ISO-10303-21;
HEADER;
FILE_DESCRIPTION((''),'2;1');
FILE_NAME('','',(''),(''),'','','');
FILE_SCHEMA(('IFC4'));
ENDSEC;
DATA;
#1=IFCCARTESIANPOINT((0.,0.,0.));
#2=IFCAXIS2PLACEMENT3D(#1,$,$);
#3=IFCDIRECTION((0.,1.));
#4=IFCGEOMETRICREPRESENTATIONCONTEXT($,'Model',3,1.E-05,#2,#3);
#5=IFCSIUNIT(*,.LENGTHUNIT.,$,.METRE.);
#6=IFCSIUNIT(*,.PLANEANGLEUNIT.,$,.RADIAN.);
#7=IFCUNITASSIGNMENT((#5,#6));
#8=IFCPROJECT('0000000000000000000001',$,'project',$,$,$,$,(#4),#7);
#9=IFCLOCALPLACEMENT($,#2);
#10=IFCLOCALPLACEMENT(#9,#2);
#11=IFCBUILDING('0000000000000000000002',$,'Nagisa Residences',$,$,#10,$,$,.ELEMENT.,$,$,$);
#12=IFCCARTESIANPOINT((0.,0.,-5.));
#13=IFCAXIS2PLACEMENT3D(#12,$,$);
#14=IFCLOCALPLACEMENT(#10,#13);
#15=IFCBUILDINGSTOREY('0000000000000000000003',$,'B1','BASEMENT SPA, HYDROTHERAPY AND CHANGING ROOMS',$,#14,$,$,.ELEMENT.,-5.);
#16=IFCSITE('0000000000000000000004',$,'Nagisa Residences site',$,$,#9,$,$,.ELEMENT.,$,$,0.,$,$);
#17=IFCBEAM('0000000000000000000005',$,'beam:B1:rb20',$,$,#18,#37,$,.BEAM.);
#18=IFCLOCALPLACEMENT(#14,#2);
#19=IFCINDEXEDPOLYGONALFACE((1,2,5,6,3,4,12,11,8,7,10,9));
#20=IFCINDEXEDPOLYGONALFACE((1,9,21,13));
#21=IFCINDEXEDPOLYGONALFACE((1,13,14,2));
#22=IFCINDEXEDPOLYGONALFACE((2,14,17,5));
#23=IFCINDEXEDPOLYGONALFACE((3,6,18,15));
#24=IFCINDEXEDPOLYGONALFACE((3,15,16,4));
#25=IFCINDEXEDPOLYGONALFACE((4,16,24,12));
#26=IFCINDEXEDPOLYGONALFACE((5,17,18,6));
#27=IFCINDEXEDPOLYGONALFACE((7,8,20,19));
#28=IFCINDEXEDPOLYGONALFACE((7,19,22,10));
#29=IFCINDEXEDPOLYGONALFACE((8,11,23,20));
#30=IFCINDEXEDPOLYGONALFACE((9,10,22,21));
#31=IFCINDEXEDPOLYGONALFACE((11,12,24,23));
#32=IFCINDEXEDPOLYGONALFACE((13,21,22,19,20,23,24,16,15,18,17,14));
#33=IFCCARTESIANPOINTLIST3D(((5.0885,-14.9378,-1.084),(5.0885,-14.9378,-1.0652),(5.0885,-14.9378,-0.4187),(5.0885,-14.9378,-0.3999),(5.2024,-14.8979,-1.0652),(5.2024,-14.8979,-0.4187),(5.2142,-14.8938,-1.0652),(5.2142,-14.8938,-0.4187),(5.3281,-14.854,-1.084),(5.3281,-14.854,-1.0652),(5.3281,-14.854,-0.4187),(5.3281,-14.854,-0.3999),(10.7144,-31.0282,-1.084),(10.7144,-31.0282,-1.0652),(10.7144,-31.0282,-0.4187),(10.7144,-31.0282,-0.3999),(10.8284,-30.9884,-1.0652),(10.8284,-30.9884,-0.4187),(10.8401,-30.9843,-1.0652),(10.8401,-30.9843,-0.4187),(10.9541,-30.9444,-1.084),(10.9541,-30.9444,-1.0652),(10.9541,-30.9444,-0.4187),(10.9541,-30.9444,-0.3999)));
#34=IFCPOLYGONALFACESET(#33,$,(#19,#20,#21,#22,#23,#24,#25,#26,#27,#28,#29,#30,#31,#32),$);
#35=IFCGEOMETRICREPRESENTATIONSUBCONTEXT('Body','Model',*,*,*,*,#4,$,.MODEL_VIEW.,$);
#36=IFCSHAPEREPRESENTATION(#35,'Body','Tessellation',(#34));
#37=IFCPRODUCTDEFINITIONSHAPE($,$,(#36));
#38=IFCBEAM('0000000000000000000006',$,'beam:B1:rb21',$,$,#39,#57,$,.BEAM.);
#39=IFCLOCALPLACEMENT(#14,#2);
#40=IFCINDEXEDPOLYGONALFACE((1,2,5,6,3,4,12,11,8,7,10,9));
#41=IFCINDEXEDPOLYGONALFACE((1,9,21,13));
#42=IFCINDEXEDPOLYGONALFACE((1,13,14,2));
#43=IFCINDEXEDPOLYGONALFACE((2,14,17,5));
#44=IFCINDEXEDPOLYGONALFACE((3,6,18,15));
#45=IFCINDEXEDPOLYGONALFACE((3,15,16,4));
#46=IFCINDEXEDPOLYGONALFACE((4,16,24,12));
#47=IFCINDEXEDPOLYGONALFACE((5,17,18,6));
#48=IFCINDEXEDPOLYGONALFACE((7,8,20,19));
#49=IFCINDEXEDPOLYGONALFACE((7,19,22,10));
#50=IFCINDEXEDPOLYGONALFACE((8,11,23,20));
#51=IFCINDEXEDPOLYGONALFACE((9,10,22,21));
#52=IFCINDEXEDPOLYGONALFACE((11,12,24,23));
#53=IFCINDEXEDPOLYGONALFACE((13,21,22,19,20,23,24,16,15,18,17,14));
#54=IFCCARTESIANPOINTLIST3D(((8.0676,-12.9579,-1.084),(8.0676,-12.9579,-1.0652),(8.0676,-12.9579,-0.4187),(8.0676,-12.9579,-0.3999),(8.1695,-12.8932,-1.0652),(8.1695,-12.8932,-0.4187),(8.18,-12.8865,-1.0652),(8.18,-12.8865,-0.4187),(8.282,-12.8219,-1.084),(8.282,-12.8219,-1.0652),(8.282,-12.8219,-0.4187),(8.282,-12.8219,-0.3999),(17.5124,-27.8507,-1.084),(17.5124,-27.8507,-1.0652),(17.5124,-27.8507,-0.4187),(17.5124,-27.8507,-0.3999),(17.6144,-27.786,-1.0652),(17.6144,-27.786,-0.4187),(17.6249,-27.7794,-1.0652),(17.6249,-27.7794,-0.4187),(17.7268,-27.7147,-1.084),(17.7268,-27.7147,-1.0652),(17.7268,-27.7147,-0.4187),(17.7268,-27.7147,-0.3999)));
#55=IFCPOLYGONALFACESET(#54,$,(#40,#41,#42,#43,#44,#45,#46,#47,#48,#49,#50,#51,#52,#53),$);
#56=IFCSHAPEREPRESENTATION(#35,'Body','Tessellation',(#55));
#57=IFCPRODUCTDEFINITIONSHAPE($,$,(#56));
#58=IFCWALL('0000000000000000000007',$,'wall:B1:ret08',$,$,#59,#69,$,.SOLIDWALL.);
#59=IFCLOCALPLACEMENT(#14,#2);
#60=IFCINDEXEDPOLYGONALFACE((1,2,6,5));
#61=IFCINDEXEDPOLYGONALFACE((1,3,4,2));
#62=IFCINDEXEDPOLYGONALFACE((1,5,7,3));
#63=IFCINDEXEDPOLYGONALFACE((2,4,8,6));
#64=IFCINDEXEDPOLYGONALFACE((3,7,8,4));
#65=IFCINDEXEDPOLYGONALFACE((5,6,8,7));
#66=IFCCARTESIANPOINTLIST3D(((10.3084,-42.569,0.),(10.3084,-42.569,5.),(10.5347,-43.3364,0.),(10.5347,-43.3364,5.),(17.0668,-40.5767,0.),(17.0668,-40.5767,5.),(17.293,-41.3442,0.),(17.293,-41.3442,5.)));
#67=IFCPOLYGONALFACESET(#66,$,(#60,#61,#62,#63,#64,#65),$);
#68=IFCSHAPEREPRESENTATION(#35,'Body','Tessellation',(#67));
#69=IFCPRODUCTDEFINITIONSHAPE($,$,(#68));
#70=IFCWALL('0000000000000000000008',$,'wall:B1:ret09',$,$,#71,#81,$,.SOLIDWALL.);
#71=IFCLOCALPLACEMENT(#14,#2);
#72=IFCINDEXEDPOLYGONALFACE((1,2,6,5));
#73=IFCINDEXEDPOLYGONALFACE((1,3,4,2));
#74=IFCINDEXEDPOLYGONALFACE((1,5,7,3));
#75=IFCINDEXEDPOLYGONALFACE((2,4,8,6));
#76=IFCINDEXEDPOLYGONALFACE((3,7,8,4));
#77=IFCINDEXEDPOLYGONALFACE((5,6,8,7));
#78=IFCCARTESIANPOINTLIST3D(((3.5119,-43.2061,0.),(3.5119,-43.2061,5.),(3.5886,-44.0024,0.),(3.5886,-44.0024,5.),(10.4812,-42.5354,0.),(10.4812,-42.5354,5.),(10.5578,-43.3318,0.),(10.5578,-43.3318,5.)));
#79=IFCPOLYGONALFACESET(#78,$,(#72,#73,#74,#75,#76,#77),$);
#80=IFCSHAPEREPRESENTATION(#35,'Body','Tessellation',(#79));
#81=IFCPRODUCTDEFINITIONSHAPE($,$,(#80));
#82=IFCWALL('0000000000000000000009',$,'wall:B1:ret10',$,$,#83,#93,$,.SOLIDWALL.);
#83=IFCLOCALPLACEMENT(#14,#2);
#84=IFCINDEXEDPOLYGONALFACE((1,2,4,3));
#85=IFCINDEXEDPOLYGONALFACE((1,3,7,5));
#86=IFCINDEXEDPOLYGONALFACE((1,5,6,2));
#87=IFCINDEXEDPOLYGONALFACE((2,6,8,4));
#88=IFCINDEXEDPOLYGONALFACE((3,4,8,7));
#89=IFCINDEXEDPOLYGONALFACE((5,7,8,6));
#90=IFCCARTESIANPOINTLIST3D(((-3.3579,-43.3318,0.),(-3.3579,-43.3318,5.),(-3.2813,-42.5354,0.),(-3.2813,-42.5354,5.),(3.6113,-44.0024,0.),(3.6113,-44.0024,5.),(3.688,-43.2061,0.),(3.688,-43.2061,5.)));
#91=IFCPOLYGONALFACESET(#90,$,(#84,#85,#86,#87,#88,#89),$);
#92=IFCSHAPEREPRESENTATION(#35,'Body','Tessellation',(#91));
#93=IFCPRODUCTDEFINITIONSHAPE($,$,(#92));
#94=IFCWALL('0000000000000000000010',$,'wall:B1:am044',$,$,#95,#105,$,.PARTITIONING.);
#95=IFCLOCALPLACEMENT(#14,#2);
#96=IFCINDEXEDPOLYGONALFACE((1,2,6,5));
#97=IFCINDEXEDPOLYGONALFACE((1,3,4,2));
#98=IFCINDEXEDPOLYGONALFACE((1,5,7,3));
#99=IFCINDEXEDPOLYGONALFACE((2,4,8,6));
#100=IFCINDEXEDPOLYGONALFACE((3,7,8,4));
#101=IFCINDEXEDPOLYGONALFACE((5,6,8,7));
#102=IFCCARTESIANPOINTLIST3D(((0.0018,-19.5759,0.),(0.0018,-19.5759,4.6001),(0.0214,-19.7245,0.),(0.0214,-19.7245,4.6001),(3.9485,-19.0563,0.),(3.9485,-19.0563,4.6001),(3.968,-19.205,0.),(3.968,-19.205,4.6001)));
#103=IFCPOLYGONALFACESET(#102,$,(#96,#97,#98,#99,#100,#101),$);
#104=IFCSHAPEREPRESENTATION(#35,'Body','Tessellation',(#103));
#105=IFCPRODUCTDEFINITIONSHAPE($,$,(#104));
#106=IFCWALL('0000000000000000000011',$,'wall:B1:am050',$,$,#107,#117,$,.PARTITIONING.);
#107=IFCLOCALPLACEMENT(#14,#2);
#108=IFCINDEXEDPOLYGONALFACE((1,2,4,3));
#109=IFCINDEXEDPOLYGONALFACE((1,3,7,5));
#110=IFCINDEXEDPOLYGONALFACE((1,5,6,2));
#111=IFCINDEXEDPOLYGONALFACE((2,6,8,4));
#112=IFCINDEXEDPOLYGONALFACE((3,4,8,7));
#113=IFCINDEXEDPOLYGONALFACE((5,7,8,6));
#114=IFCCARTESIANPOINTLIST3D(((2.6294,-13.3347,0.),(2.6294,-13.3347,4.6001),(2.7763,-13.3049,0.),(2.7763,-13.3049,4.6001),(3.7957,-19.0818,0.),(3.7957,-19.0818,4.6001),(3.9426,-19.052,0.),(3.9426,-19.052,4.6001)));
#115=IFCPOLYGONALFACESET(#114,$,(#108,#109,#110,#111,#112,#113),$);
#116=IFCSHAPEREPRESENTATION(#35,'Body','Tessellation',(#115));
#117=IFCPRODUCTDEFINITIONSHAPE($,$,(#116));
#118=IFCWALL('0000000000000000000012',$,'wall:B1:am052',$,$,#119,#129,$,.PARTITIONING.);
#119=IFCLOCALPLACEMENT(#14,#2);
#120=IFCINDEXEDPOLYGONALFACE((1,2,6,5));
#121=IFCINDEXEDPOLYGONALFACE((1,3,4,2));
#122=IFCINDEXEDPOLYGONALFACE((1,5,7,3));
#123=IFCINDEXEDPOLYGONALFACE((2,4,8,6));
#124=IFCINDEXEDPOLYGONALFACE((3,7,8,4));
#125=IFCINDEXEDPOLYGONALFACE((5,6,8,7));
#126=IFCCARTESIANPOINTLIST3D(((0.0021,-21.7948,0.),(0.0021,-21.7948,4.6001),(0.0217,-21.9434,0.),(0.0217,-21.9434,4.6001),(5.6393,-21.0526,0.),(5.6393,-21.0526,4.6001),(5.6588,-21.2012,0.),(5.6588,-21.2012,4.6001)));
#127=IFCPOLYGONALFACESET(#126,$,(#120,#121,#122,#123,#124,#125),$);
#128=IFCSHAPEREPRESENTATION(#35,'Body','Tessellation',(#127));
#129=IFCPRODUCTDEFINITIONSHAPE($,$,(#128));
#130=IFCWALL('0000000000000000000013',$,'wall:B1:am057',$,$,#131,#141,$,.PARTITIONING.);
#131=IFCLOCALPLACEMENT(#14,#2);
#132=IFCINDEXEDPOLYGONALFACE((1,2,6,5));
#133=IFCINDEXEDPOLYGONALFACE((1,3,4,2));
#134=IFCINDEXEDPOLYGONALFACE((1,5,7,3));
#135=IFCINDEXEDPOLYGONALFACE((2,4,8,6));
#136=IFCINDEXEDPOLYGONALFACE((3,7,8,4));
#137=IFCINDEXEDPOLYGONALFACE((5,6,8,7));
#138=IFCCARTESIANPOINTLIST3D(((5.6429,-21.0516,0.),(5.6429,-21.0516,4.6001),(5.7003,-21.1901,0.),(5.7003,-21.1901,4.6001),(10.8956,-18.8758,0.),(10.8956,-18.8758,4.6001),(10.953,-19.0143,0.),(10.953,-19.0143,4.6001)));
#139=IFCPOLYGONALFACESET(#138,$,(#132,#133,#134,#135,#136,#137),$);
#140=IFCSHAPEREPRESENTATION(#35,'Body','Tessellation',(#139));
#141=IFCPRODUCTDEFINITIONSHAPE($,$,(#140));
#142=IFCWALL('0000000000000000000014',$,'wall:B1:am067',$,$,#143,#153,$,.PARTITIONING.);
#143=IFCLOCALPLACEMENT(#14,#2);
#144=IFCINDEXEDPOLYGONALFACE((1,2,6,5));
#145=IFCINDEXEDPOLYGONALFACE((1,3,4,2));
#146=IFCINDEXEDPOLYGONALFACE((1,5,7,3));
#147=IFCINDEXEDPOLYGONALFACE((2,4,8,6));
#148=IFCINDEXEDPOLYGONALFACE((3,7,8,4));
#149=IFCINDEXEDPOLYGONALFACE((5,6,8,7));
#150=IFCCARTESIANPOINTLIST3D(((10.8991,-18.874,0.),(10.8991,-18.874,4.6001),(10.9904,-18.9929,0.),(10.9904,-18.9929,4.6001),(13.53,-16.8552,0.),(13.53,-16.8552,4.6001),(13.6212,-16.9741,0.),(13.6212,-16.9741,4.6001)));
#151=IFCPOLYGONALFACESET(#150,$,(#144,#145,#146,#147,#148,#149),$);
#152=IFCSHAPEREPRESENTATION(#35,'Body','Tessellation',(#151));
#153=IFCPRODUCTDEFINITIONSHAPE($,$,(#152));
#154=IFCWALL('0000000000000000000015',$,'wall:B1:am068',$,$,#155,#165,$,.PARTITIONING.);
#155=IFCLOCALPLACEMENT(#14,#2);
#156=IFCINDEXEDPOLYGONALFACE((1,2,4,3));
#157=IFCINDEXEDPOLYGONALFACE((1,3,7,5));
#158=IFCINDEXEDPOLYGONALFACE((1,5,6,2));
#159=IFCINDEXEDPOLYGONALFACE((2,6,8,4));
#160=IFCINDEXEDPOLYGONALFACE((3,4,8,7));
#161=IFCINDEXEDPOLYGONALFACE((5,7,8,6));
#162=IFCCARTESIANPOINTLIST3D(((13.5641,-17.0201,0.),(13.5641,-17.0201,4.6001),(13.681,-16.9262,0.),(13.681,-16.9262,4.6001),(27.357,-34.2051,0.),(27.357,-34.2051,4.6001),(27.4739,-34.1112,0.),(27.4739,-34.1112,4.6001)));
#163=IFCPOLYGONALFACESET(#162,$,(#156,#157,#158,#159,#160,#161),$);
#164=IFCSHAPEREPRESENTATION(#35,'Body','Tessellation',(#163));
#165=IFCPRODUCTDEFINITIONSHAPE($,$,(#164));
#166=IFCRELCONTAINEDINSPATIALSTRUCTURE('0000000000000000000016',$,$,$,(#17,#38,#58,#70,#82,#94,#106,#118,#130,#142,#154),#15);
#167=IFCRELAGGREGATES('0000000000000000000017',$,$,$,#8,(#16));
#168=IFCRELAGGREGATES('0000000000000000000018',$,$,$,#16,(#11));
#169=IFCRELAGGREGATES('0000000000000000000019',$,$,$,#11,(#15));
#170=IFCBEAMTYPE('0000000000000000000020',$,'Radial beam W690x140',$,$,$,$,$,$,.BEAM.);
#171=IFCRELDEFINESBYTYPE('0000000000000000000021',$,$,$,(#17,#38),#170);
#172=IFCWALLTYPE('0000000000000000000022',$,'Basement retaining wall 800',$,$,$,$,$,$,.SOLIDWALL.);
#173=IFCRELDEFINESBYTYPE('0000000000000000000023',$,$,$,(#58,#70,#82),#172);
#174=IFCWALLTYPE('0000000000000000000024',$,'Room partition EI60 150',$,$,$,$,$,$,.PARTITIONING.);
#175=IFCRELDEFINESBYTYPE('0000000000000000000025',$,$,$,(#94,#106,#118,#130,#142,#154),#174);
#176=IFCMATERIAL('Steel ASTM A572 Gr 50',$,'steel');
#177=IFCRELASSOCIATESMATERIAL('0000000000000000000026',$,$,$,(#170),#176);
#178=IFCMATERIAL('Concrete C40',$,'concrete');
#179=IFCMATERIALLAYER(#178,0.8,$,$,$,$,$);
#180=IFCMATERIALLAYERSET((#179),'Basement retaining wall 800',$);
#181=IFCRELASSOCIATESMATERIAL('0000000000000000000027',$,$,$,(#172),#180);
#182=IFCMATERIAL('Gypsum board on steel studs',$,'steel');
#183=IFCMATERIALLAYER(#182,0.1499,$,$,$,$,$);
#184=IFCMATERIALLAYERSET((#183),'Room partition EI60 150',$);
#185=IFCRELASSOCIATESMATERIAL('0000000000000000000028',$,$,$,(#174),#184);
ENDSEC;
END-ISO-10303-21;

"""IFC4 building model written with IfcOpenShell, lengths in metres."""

from ifc_helpers import new_model, si_unit, direction, frame, frame_2d, origin, origin_2d, place, context, subcontext, project, spatial, rectangle, i_section, extrude, material, layer, layer_set, material_profile, profile_set, type_object, element, save


model = new_model("IFC4")

# Units and contexts
model_context = context("Model", 3, precision=1e-05, world=origin(), true_north=direction((0.0, 1.0)))
body_context = subcontext(model_context, "Body", "Model", "MODEL_VIEW")
ifc_project = project(units=[si_unit("LENGTHUNIT", "METRE"), si_unit("PLANEANGLEUNIT", "RADIAN")], contexts=[model_context])

# Site, building, storey
site_placement = place(None, origin())
site = spatial("IfcSite", under=ifc_project, at=site_placement, Name="Nagisa Residences site", CompositionType="ELEMENT", RefElevation=0.0)
building_placement = place(site_placement, origin())
building = spatial("IfcBuilding", under=site, at=building_placement, Name="Nagisa Residences", CompositionType="ELEMENT")
storey_placement = place(building_placement, frame((0.0, 0.0, -5.0)))
storey = spatial("IfcBuildingStorey", under=building, at=storey_placement, Name="B1", Description="BASEMENT SPA, HYDROTHERAPY AND CHANGING ROOMS", CompositionType="ELEMENT", Elevation=-5.0)

# Beams
ifc_material_1 = material(Name="Steel ASTM A572 Gr 50", Category="steel")
ifc_material_profile_1 = material_profile(ifc_material_1, i_section(OverallWidth=0.2539, OverallDepth=0.6841, WebThickness=0.0125, FlangeThickness=0.0188, at=origin_2d()), Name="W690x140")
ifc_profile_set_1 = profile_set([ifc_material_profile_1], Name="Steel ASTM A572 Gr 50")
beam_type_1 = type_object("IfcBeamType", Name="Radial beam W690x140", PredefinedType="BEAM", material=ifc_profile_set_1)
beam_1_placement = place(storey_placement, frame((10.8342, -30.9863, -0.7419), z_axis=(-0.330051, 0.943963, 0.0), x_axis=(-0.943963, -0.330051, 0.0)))
element("IfcBeam", 1, at=beam_1_placement, inside=storey, type_object=beam_type_1, Name="beam:B1:rb20", PredefinedType="BEAM", context=body_context, shape_type="SweptSolid", body=[
    extrude(i_section(OverallWidth=0.2539, OverallDepth=0.6841, WebThickness=0.0125, FlangeThickness=0.0188, at=origin_2d()), origin(), (0.0, 0.0, 1.0), 17.0457),
])
beam_2_placement = place(storey_placement, frame((17.6196, -27.7827, -0.7419), z_axis=(-0.535566, 0.844493, 0.0), x_axis=(-0.844493, -0.535566, 0.0)))
element("IfcBeam", 2, at=beam_2_placement, inside=storey, type_object=beam_type_1, Name="beam:B1:rb21", PredefinedType="BEAM", context=body_context, shape_type="SweptSolid", body=[
    extrude(i_section(OverallWidth=0.2539, OverallDepth=0.6841, WebThickness=0.0125, FlangeThickness=0.0188, at=origin_2d()), origin(), (0.0, 0.0, 1.0), 17.6353),
])

# Walls
ifc_material_2 = material(Name="Concrete C40", Category="concrete")
ifc_layer_1 = layer(ifc_material_2, 0.8)
ifc_layer_set_1 = layer_set([ifc_layer_1], Name="Basement retaining wall 800")
wall_type_1 = type_object("IfcWallType", Name="Basement retaining wall 800", PredefinedType="SOLIDWALL", material=ifc_layer_set_1)
wall_1_placement = place(storey_placement, frame((17.1799, -40.9604, 0.0), z_axis=(0.0, 0.0, 1.0), x_axis=(-0.959194, -0.282748, 0.0)))
element("IfcWall", 3, at=wall_1_placement, inside=storey, type_object=wall_type_1, Name="wall:B1:ret08", PredefinedType="SOLIDWALL", context=body_context, shape_type="SweptSolid", body=[
    extrude(rectangle(XDim=7.0459, YDim=0.8, at=frame_2d((3.5229, 0.0))), origin(), (0.0, 0.0, 1.0), 5.0),
])
for number, where, z_axis, x_axis, name in (
    (4, (10.5195, -42.9336, 0.0), (0.0, 0.0, 1.0), (-0.995402, -0.095788, 0.0), "wall:B1:ret09"),
    (5, (3.6497, -43.6042, 0.0), (0.0, 0.0, 1.0), (-0.995402, 0.095788, 0.0), "wall:B1:ret10"),
):
    element("IfcWall", number, at=place(storey_placement, frame(where, z_axis=z_axis, x_axis=x_axis)), inside=storey, type_object=wall_type_1, Name=name, PredefinedType="SOLIDWALL", context=body_context, shape_type="SweptSolid", body=[
        extrude(rectangle(XDim=7.0015, YDim=0.8, at=frame_2d((3.5007, 0.0))), origin(), (0.0, 0.0, 1.0), 5.0),
    ])
ifc_material_3 = material(Name="Gypsum board on steel studs", Category="steel")
ifc_layer_2 = layer(ifc_material_3, 0.1499)
ifc_layer_set_2 = layer_set([ifc_layer_2], Name="Room partition EI60 150")
wall_type_2 = type_object("IfcWallType", Name="Room partition EI60 150", PredefinedType="PARTITIONING", material=ifc_layer_set_2)
wall_2_placement = place(storey_placement, frame((0.0117, -19.6501, 0.0), z_axis=(0.0, 0.0, 1.0), x_axis=(0.991447, 0.130508, 0.0)))
element("IfcWall", 6, at=wall_2_placement, inside=storey, type_object=wall_type_2, Name="wall:B1:am044", PredefinedType="PARTITIONING", context=body_context, shape_type="SweptSolid", body=[
    extrude(rectangle(XDim=3.9807, YDim=0.1499, at=frame_2d((1.9902, 0.0))), origin(), (0.0, 0.0, 1.0), 4.6001),
])
wall_3_placement = place(storey_placement, frame((3.8691, -19.0669, 0.0), z_axis=(0.0, 0.0, 1.0), x_axis=(-0.198878, 0.980024, 0.0)))
element("IfcWall", 7, at=wall_3_placement, inside=storey, type_object=wall_type_2, Name="wall:B1:am050", PredefinedType="PARTITIONING", context=body_context, shape_type="SweptSolid", body=[
    extrude(rectangle(XDim=5.8643, YDim=0.1499, at=frame_2d((2.9321, 0.0))), origin(), (0.0, 0.0, 1.0), 4.6001),
])
wall_4_placement = place(storey_placement, frame((5.6489, -21.127, 0.0), z_axis=(0.0, 0.0, 1.0), x_axis=(-0.991444, -0.130532, 0.0)))
element("IfcWall", 8, at=wall_4_placement, inside=storey, type_object=wall_type_2, Name="wall:B1:am052", PredefinedType="PARTITIONING", context=body_context, shape_type="SweptSolid", body=[
    extrude(rectangle(XDim=5.6858, YDim=0.1499, at=frame_2d((2.8428, 0.0))), origin(), (0.0, 0.0, 1.0), 4.6001),
])
wall_5_placement = place(storey_placement, frame((10.9243, -18.9451, 0.0), z_axis=(0.0, 0.0, 1.0), x_axis=(-0.923877, -0.382691, 0.0)))
element("IfcWall", 9, at=wall_5_placement, inside=storey, type_object=wall_type_2, Name="wall:B1:am057", PredefinedType="PARTITIONING", context=body_context, shape_type="SweptSolid", body=[
    extrude(rectangle(XDim=5.6855, YDim=0.1499, at=frame_2d((2.8428, 0.0))), origin(), (0.0, 0.0, 1.0), 4.6001),
])
wall_6_placement = place(storey_placement, frame((13.5757, -16.9146, 0.0), z_axis=(0.0, 0.0, 1.0), x_axis=(-0.793343, -0.608775, 0.0)))
element("IfcWall", 10, at=wall_6_placement, inside=storey, type_object=wall_type_2, Name="wall:B1:am067", PredefinedType="PARTITIONING", context=body_context, shape_type="SweptSolid", body=[
    extrude(rectangle(XDim=3.3162, YDim=0.1499, at=frame_2d((1.6582, 0.0))), origin(), (0.0, 0.0, 1.0), 4.6001),
])
wall_7_placement = place(storey_placement, frame((13.6226, -16.9731, 0.0), z_axis=(0.0, 0.0, 1.0), x_axis=(0.625937, -0.779873, 0.0)))
element("IfcWall", 11, at=wall_7_placement, inside=storey, type_object=wall_type_2, Name="wall:B1:am068", PredefinedType="PARTITIONING", context=body_context, shape_type="SweptSolid", body=[
    extrude(rectangle(XDim=22.0356, YDim=0.1499, at=frame_2d((11.0178, 0.0))), origin(), (0.0, 0.0, 1.0), 4.6001),
])

save(model, "model.ifc")
